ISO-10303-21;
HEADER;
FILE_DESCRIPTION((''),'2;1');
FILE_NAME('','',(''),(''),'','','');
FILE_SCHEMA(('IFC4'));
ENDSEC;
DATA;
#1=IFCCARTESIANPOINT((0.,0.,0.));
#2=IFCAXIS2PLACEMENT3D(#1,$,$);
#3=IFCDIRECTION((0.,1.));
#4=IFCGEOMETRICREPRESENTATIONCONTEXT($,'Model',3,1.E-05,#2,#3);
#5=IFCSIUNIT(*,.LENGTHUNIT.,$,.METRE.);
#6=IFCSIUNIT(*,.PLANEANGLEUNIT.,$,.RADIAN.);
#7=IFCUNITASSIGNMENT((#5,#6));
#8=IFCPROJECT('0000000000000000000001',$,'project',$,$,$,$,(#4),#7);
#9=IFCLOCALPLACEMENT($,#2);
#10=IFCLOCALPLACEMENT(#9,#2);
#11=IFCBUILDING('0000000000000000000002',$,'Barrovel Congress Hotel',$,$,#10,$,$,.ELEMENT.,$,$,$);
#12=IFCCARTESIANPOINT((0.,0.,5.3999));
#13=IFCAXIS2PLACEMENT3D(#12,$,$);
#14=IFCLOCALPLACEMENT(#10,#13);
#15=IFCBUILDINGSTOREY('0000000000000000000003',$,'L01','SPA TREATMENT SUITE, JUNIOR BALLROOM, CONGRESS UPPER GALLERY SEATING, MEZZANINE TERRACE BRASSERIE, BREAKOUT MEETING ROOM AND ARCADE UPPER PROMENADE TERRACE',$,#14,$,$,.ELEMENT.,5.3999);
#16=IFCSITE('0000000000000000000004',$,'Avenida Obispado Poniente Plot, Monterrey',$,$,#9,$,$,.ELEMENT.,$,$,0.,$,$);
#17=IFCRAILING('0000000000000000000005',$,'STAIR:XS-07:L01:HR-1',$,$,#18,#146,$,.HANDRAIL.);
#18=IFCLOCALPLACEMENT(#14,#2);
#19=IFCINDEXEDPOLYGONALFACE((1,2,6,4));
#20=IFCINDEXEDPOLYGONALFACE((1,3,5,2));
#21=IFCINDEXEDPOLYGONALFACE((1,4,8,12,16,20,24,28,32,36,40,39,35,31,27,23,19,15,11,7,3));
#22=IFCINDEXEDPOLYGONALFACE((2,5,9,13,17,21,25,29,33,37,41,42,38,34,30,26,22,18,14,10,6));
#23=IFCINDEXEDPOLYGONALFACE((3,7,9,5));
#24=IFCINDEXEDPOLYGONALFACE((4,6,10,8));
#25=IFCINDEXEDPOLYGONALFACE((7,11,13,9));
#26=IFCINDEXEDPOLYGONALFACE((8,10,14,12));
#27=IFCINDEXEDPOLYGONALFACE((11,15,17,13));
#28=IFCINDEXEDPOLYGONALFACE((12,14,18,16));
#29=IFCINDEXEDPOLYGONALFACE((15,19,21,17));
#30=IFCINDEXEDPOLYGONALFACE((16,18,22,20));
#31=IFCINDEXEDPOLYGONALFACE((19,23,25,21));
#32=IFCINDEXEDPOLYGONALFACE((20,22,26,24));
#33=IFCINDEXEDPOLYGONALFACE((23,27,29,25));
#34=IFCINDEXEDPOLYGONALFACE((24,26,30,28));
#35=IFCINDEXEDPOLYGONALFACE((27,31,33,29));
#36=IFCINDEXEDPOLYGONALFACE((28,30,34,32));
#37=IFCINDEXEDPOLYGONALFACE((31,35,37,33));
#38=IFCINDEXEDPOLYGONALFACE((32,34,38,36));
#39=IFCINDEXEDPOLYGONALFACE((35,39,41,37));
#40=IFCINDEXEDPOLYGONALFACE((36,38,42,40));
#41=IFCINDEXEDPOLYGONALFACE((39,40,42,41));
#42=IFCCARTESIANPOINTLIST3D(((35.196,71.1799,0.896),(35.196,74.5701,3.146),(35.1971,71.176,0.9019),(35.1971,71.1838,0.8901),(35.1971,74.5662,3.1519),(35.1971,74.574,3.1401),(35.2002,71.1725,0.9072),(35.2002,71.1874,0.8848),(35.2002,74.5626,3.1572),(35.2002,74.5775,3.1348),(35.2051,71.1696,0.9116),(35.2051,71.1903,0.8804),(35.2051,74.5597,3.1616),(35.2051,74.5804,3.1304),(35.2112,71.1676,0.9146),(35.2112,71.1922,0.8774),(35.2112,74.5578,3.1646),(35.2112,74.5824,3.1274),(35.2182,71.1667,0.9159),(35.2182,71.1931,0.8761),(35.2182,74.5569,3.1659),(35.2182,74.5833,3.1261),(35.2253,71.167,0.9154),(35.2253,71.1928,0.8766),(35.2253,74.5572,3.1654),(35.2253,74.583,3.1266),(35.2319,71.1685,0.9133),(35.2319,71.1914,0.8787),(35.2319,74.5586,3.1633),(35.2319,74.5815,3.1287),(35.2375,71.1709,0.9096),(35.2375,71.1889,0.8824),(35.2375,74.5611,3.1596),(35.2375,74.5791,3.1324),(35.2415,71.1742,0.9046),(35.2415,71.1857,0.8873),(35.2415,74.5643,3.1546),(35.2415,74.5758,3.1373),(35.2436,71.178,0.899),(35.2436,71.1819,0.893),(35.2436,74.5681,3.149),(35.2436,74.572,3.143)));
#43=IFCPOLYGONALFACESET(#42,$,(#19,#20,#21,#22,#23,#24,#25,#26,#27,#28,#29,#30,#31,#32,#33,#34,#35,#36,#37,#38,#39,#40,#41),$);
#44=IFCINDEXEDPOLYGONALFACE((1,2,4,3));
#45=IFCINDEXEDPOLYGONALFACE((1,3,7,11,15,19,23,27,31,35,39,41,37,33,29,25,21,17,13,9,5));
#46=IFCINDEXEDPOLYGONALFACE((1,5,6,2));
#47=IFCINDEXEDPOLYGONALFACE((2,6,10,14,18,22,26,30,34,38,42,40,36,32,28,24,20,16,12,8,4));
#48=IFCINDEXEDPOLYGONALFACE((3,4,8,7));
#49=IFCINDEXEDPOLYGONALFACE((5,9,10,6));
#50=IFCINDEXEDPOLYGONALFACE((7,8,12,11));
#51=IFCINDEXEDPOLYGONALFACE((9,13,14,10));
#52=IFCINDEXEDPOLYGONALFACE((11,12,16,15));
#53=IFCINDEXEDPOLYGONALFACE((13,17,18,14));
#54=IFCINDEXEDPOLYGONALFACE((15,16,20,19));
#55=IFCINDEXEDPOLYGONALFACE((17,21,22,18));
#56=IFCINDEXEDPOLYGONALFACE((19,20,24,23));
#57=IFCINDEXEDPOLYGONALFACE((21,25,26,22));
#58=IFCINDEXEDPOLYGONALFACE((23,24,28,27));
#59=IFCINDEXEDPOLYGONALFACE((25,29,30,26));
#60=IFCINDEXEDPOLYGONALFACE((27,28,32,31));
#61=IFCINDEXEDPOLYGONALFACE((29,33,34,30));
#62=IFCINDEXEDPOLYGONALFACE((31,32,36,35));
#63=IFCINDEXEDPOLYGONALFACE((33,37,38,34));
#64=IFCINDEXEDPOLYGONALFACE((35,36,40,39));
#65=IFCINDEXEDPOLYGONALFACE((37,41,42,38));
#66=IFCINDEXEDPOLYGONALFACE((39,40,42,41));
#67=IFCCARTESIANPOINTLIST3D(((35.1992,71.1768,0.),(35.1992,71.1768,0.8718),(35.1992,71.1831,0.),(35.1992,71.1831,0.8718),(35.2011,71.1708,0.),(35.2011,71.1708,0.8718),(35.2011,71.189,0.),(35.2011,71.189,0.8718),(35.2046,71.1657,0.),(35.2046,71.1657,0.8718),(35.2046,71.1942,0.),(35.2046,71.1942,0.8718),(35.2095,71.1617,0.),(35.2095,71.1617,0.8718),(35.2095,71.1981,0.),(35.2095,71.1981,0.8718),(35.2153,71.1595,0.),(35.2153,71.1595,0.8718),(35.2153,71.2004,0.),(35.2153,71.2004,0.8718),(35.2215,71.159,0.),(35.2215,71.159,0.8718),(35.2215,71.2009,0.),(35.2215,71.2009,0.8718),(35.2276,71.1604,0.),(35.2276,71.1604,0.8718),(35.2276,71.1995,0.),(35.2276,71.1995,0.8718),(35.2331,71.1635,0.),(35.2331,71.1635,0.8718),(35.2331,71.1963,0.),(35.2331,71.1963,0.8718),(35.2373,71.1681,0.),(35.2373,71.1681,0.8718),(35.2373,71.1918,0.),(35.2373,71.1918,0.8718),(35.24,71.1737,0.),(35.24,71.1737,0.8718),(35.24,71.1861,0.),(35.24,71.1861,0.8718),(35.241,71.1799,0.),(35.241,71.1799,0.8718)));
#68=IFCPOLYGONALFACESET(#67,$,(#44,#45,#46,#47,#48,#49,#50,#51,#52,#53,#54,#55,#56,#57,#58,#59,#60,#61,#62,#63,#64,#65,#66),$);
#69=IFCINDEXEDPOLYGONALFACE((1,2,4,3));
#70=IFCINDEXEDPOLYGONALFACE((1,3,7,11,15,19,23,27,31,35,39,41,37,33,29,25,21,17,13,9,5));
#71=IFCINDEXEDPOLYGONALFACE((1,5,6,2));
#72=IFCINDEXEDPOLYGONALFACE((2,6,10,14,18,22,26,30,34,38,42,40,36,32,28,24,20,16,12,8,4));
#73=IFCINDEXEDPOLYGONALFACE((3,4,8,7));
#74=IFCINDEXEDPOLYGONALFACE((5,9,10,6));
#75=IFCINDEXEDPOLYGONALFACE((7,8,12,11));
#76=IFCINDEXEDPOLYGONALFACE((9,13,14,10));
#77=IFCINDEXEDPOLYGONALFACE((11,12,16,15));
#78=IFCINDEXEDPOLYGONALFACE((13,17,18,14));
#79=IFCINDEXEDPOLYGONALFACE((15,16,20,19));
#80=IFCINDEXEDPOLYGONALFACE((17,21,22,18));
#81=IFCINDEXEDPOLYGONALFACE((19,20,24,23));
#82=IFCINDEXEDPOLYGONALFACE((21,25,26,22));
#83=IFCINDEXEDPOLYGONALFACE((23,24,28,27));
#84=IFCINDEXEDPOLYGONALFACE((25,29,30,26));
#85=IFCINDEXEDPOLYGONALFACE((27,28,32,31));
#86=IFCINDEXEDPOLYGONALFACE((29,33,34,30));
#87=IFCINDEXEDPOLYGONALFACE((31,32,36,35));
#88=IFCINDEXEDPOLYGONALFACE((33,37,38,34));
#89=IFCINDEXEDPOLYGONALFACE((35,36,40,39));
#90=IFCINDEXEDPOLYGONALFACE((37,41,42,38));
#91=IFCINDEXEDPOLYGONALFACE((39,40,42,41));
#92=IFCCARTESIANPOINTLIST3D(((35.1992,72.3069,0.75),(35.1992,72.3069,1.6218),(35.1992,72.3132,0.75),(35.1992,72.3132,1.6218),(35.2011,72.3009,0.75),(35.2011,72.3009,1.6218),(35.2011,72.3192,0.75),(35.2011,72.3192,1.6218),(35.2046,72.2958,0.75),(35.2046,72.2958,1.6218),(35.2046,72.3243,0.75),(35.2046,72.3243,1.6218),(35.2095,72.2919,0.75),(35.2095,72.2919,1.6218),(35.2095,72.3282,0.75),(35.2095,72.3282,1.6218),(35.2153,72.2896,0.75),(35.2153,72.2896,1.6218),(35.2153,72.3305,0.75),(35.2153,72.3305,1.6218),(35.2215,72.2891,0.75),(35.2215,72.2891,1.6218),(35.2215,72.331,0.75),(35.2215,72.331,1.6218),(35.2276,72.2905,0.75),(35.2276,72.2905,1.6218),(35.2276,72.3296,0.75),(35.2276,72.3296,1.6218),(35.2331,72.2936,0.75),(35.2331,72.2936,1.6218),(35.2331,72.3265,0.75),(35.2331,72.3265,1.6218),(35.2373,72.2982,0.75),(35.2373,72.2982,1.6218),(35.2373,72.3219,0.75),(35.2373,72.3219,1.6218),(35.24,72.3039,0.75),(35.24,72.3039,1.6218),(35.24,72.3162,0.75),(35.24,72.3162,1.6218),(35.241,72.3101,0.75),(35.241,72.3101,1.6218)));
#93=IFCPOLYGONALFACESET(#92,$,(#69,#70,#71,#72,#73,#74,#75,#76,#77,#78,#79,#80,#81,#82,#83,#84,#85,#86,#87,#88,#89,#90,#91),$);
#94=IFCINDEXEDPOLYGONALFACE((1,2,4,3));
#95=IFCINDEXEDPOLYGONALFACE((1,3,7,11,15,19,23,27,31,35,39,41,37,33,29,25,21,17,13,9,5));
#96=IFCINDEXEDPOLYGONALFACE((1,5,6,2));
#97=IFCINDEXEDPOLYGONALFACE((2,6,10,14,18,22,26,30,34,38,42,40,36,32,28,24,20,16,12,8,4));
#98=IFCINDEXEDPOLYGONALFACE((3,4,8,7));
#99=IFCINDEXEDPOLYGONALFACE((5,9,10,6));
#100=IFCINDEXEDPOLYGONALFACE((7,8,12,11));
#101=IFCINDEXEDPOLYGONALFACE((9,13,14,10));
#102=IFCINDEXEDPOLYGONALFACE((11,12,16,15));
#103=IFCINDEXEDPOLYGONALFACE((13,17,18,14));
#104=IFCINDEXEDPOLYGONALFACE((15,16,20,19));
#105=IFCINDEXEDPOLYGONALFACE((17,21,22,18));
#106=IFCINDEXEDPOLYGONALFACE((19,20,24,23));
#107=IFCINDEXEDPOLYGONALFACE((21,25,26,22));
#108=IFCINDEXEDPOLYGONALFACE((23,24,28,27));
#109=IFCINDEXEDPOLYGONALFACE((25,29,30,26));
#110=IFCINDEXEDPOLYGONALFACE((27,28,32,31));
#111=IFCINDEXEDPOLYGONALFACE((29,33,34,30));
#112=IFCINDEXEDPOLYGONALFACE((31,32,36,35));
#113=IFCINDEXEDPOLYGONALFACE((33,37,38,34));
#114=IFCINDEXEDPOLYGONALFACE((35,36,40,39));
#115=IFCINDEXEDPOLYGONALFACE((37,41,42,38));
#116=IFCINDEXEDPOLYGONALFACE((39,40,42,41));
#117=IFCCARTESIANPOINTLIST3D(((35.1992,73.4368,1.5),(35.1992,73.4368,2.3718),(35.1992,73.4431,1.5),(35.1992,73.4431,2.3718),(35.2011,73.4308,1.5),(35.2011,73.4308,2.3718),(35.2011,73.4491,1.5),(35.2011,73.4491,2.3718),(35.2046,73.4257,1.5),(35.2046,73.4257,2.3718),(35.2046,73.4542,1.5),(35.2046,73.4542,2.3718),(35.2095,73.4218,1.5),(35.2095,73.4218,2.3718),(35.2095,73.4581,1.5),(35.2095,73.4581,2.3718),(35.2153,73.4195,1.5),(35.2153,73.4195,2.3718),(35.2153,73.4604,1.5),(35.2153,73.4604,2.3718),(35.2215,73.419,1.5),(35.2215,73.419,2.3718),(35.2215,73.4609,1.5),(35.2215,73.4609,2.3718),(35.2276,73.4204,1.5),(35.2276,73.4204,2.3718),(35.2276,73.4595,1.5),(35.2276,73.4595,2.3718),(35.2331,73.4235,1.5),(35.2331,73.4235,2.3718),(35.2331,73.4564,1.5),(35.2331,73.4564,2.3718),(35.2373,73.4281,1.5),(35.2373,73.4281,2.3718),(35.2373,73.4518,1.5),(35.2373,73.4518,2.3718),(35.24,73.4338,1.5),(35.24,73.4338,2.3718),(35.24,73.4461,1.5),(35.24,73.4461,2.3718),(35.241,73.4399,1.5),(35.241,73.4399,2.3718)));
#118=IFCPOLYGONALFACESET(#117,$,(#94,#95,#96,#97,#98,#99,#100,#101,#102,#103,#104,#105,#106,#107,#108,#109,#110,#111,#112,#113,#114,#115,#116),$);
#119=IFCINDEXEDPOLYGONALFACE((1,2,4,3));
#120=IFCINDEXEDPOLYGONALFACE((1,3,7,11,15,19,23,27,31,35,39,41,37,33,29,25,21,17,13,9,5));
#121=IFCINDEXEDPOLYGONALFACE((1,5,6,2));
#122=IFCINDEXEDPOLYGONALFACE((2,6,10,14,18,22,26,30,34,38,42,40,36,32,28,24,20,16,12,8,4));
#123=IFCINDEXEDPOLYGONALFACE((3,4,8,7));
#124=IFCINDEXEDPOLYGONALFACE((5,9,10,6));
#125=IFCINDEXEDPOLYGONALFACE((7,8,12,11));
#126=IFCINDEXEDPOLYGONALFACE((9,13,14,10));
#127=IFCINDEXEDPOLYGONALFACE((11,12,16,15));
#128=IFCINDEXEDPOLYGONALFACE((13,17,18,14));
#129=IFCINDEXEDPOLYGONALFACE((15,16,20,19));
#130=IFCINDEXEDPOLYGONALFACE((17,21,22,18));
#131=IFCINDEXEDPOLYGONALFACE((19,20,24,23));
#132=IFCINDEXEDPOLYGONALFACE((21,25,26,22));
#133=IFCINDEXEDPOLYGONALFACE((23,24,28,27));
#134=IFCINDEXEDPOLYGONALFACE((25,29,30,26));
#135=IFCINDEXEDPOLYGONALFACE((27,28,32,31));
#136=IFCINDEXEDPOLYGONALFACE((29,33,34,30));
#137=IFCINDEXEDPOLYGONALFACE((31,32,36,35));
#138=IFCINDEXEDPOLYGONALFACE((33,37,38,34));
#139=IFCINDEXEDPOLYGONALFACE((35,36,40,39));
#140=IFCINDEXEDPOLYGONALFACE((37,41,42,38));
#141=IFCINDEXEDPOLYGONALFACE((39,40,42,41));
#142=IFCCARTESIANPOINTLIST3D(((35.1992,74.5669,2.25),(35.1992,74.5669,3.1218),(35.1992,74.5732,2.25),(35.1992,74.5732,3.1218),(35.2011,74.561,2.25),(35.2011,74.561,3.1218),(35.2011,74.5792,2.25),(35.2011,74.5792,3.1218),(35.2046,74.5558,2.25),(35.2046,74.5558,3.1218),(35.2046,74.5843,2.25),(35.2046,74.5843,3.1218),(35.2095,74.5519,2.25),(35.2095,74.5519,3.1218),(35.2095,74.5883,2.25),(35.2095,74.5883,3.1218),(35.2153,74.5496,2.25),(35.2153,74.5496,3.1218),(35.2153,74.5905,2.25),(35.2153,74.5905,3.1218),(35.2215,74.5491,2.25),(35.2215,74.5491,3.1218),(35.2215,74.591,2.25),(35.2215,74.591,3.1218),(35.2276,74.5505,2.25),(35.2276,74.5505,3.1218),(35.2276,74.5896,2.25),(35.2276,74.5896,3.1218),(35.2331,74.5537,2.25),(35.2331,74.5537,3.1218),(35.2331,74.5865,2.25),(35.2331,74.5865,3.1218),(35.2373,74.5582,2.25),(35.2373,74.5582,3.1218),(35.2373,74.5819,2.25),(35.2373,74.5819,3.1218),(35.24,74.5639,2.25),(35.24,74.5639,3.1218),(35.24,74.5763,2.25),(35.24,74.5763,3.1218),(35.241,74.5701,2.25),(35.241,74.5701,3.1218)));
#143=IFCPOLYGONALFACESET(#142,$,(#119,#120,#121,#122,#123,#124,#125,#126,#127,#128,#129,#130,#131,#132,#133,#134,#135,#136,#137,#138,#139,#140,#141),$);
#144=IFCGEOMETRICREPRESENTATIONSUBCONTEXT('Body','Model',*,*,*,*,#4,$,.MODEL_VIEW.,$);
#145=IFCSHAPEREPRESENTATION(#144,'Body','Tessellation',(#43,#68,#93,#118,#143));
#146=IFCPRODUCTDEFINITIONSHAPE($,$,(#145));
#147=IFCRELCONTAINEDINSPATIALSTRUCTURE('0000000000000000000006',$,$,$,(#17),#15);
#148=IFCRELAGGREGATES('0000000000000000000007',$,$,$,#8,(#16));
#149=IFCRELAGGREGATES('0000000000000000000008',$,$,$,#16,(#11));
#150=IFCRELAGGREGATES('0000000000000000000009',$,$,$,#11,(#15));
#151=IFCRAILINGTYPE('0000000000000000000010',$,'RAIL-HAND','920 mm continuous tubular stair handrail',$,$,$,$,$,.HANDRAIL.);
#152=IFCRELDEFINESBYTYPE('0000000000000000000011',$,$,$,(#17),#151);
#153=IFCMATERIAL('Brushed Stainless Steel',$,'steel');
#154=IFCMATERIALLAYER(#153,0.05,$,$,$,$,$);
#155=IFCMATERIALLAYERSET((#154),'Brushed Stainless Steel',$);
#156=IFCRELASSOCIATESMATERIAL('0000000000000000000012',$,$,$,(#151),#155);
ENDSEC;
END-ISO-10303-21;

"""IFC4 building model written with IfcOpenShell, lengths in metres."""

from ifc_helpers import new_model, si_unit, direction, frame, origin, origin_2d, place, context, subcontext, project, spatial, circle, extrude, material, layer, layer_set, type_object, element, save


model = new_model("IFC4")

# Units and contexts
model_context = context("Model", 3, precision=1e-05, world=origin(), true_north=direction((0.0, 1.0)))
body_context = subcontext(model_context, "Body", "Model", "MODEL_VIEW")
ifc_project = project(units=[si_unit("LENGTHUNIT", "METRE"), si_unit("PLANEANGLEUNIT", "RADIAN")], contexts=[model_context])

# Site, building, storey
site_placement = place(None, origin())
site = spatial("IfcSite", under=ifc_project, at=site_placement, Name="Avenida Obispado Poniente Plot, Monterrey", CompositionType="ELEMENT", RefElevation=0.0)
building_placement = place(site_placement, origin())
building = spatial("IfcBuilding", under=site, at=building_placement, Name="Barrovel Congress Hotel", CompositionType="ELEMENT")
storey_placement = place(building_placement, frame((0.0, 0.0, 5.3999)))
storey = spatial("IfcBuildingStorey", under=building, at=storey_placement, Name="L01", Description="SPA TREATMENT SUITE, JUNIOR BALLROOM, CONGRESS UPPER GALLERY SEATING, MEZZANINE TERRACE BRASSERIE, BREAKOUT MEETING ROOM AND ARCADE UPPER PROMENADE TERRACE", CompositionType="ELEMENT", Elevation=5.3999)

# Railing
ifc_material_1 = material(Name="Brushed Stainless Steel", Category="steel")
ifc_layer_1 = layer(ifc_material_1, 0.05)
ifc_layer_set_1 = layer_set([ifc_layer_1], Name="Brushed Stainless Steel")
railing_type_1 = type_object("IfcRailingType", Name="RAIL-HAND", Description="920 mm continuous tubular stair handrail", PredefinedType="HANDRAIL", material=ifc_layer_set_1)
railing_1_placement = place(storey_placement, frame((35.22, 71.1799, 0.0)))
element("IfcRailing", 1, at=railing_1_placement, inside=storey, type_object=railing_type_1, Name="STAIR:XS-07:L01:HR-1", PredefinedType="HANDRAIL", context=body_context, shape_type="SweptSolid", body=[
    extrude(circle(Radius=0.0239, at=origin_2d()), frame((0.0, 0.0, 0.896), z_axis=(0.0, 0.833193, 0.552982), x_axis=(-1.0, 0.0, 0.0)), (0.0, 0.0, 1.0), 4.0688),
    extrude(circle(Radius=0.021, at=origin_2d()), origin(), (0.0, 0.0, 1.0), 0.8718),
    extrude(circle(Radius=0.021, at=origin_2d()), frame((0.0, 1.1301, 0.75)), (0.0, 0.0, 1.0), 0.8718),
    extrude(circle(Radius=0.021, at=origin_2d()), frame((0.0, 2.26, 1.5)), (0.0, 0.0, 1.0), 0.8718),
    extrude(circle(Radius=0.021, at=origin_2d()), frame((0.0, 3.3901, 2.25)), (0.0, 0.0, 1.0), 0.8718),
])

save(model, "model.ifc")
